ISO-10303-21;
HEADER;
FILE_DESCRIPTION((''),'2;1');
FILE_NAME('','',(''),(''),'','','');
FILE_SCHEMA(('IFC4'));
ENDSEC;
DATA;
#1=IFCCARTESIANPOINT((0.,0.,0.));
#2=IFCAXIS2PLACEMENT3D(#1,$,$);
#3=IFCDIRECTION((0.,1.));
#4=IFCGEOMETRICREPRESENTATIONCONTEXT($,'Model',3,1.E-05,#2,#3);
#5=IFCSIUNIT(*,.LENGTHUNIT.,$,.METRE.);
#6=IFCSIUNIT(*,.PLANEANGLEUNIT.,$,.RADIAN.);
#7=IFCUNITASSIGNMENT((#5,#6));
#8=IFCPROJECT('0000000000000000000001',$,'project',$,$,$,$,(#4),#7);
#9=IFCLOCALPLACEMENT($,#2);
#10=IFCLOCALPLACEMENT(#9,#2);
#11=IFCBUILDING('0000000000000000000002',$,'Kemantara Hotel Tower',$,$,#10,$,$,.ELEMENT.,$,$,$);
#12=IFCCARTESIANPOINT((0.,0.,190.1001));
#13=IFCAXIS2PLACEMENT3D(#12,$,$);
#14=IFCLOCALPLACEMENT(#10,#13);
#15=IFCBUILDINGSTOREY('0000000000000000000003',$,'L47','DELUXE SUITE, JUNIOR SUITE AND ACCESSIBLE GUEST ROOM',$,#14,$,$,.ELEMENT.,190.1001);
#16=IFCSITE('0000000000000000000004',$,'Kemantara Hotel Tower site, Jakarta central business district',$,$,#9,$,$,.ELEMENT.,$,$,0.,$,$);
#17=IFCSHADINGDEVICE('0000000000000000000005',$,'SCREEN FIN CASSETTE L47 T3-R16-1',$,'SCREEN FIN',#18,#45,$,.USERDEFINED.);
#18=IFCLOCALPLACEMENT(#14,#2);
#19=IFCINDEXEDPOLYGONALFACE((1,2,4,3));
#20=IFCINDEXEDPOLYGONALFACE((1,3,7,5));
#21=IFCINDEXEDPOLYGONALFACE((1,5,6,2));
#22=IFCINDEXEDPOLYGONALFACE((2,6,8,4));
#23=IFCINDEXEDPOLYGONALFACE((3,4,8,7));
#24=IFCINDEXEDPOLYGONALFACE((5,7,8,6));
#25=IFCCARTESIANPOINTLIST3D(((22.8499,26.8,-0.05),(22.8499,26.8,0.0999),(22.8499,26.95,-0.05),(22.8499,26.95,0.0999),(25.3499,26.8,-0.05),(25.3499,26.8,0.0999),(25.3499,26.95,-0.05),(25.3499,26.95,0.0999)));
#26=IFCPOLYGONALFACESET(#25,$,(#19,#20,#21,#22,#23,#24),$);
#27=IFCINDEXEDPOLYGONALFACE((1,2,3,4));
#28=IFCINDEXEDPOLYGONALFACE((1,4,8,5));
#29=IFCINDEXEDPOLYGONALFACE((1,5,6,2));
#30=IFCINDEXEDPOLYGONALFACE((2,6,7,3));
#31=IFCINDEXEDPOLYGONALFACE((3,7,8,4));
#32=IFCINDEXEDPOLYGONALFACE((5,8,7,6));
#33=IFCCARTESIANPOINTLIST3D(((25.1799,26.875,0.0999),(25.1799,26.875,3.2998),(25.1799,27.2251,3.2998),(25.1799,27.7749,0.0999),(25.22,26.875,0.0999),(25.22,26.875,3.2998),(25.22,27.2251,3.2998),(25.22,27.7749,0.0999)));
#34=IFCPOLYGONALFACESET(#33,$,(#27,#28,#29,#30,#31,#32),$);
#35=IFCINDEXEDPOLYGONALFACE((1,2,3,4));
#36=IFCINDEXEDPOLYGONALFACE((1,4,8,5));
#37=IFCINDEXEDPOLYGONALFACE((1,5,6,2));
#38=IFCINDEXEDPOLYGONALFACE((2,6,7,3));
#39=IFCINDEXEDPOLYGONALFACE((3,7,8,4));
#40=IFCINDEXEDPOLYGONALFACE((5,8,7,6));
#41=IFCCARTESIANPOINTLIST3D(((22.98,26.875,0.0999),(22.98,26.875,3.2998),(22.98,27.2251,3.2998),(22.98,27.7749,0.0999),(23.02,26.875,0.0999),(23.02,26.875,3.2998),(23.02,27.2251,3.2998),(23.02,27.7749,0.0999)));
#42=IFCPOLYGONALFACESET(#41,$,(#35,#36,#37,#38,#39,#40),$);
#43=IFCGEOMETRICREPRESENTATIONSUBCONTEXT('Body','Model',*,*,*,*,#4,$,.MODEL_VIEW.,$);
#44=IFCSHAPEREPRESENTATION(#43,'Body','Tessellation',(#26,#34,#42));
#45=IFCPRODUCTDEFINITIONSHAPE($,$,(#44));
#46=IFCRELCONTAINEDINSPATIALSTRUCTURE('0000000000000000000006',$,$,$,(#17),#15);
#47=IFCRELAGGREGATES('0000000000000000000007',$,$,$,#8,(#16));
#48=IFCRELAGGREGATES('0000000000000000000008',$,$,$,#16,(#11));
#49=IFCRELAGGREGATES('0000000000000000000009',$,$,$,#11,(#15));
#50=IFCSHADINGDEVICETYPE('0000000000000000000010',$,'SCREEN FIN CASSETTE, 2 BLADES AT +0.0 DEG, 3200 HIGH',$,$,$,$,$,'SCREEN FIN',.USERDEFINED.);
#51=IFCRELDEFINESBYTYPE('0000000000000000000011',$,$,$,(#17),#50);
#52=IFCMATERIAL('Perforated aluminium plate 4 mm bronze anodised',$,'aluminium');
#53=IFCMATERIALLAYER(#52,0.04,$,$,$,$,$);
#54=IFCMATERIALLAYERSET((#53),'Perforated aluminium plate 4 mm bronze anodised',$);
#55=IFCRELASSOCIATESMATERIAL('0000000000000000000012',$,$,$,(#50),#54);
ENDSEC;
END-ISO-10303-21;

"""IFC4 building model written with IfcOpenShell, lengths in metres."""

from ifc_helpers import new_model, si_unit, direction, frame, origin, origin_2d, place, context, subcontext, project, spatial, polyline, rectangle, outline, extrude, source, transform, mapped, material, layer, layer_set, type_object, element, save


model = new_model("IFC4")

# Units and contexts
model_context = context("Model", 3, precision=1e-05, world=origin(), true_north=direction((0.0, 1.0)))
body_context = subcontext(model_context, "Body", "Model", "MODEL_VIEW")
ifc_project = project(units=[si_unit("LENGTHUNIT", "METRE"), si_unit("PLANEANGLEUNIT", "RADIAN")], contexts=[model_context])

# Site, building, storey
site_placement = place(None, origin())
site = spatial("IfcSite", under=ifc_project, at=site_placement, Name="Kemantara Hotel Tower site, Jakarta central business district", CompositionType="ELEMENT", RefElevation=0.0)
building_placement = place(site_placement, origin())
building = spatial("IfcBuilding", under=site, at=building_placement, Name="Kemantara Hotel Tower", CompositionType="ELEMENT")
storey_placement = place(building_placement, frame((0.0, 0.0, 190.1001)))
storey = spatial("IfcBuildingStorey", under=building, at=storey_placement, Name="L47", Description="DELUXE SUITE, JUNIOR SUITE AND ACCESSIBLE GUEST ROOM", CompositionType="ELEMENT", Elevation=190.1001)

# Shading device
ifc_material_1 = material(Name="Perforated aluminium plate 4 mm bronze anodised", Category="aluminium")
ifc_layer_1 = layer(ifc_material_1, 0.04)
ifc_layer_set_1 = layer_set([ifc_layer_1], Name="Perforated aluminium plate 4 mm bronze anodised")
shading_device_type_1 = type_object("IfcShadingDeviceType", Name="SCREEN FIN CASSETTE, 2 BLADES AT +0.0 DEG, 3200 HIGH", ElementType="SCREEN FIN", PredefinedType="USERDEFINED", material=ifc_layer_set_1)
shared_shape_1 = source(origin(), body_context, "Body", "SweptSolid", [
    extrude(rectangle(XDim=2.5, YDim=0.1499, at=origin_2d()), frame((1.1001, -0.075, -0.1499), z_axis=(0.0, 0.0, 1.0), x_axis=(1.0, 0.0, 0.0)), (0.0, 0.0, 1.0), 0.1499),
    extrude(outline(polyline([(0.0, 0.0), (0.8999, 0.0), (0.3501, 3.2), (0.0, 3.2), (0.0, 0.0)])), frame((0.02, -0.075, 0.0), z_axis=(-1.0, 0.0, 0.0), x_axis=(0.0, -1.0, 0.0)), (0.0, 0.0, 1.0), 0.04),
    extrude(outline(polyline([(0.0, 0.0), (0.8999, 0.0), (0.3501, 3.2), (0.0, 3.2), (0.0, 0.0)])), frame((2.22, -0.075, 0.0), z_axis=(-1.0, 0.0, 0.0), x_axis=(0.0, -1.0, 0.0)), (0.0, 0.0, 1.0), 0.04),
])
for number, where, z_axis, x_axis, name in (
    (1, (25.2, 26.8, 0.0999), (0.0, 0.0, 1.0), (-1.0, 0.0, 0.0), "SCREEN FIN CASSETTE L47 T3-R16-1"),
):
    element("IfcShadingDevice", number, at=place(storey_placement, frame(where, z_axis=z_axis, x_axis=x_axis)), inside=storey, type_object=shading_device_type_1, Name=name, ObjectType="SCREEN FIN", PredefinedType="USERDEFINED", context=body_context, shape_type="MappedRepresentation", body=[
        mapped(shared_shape_1, transform((0.0, 0.0, 0.0))),
    ])

save(model, "model.ifc")
